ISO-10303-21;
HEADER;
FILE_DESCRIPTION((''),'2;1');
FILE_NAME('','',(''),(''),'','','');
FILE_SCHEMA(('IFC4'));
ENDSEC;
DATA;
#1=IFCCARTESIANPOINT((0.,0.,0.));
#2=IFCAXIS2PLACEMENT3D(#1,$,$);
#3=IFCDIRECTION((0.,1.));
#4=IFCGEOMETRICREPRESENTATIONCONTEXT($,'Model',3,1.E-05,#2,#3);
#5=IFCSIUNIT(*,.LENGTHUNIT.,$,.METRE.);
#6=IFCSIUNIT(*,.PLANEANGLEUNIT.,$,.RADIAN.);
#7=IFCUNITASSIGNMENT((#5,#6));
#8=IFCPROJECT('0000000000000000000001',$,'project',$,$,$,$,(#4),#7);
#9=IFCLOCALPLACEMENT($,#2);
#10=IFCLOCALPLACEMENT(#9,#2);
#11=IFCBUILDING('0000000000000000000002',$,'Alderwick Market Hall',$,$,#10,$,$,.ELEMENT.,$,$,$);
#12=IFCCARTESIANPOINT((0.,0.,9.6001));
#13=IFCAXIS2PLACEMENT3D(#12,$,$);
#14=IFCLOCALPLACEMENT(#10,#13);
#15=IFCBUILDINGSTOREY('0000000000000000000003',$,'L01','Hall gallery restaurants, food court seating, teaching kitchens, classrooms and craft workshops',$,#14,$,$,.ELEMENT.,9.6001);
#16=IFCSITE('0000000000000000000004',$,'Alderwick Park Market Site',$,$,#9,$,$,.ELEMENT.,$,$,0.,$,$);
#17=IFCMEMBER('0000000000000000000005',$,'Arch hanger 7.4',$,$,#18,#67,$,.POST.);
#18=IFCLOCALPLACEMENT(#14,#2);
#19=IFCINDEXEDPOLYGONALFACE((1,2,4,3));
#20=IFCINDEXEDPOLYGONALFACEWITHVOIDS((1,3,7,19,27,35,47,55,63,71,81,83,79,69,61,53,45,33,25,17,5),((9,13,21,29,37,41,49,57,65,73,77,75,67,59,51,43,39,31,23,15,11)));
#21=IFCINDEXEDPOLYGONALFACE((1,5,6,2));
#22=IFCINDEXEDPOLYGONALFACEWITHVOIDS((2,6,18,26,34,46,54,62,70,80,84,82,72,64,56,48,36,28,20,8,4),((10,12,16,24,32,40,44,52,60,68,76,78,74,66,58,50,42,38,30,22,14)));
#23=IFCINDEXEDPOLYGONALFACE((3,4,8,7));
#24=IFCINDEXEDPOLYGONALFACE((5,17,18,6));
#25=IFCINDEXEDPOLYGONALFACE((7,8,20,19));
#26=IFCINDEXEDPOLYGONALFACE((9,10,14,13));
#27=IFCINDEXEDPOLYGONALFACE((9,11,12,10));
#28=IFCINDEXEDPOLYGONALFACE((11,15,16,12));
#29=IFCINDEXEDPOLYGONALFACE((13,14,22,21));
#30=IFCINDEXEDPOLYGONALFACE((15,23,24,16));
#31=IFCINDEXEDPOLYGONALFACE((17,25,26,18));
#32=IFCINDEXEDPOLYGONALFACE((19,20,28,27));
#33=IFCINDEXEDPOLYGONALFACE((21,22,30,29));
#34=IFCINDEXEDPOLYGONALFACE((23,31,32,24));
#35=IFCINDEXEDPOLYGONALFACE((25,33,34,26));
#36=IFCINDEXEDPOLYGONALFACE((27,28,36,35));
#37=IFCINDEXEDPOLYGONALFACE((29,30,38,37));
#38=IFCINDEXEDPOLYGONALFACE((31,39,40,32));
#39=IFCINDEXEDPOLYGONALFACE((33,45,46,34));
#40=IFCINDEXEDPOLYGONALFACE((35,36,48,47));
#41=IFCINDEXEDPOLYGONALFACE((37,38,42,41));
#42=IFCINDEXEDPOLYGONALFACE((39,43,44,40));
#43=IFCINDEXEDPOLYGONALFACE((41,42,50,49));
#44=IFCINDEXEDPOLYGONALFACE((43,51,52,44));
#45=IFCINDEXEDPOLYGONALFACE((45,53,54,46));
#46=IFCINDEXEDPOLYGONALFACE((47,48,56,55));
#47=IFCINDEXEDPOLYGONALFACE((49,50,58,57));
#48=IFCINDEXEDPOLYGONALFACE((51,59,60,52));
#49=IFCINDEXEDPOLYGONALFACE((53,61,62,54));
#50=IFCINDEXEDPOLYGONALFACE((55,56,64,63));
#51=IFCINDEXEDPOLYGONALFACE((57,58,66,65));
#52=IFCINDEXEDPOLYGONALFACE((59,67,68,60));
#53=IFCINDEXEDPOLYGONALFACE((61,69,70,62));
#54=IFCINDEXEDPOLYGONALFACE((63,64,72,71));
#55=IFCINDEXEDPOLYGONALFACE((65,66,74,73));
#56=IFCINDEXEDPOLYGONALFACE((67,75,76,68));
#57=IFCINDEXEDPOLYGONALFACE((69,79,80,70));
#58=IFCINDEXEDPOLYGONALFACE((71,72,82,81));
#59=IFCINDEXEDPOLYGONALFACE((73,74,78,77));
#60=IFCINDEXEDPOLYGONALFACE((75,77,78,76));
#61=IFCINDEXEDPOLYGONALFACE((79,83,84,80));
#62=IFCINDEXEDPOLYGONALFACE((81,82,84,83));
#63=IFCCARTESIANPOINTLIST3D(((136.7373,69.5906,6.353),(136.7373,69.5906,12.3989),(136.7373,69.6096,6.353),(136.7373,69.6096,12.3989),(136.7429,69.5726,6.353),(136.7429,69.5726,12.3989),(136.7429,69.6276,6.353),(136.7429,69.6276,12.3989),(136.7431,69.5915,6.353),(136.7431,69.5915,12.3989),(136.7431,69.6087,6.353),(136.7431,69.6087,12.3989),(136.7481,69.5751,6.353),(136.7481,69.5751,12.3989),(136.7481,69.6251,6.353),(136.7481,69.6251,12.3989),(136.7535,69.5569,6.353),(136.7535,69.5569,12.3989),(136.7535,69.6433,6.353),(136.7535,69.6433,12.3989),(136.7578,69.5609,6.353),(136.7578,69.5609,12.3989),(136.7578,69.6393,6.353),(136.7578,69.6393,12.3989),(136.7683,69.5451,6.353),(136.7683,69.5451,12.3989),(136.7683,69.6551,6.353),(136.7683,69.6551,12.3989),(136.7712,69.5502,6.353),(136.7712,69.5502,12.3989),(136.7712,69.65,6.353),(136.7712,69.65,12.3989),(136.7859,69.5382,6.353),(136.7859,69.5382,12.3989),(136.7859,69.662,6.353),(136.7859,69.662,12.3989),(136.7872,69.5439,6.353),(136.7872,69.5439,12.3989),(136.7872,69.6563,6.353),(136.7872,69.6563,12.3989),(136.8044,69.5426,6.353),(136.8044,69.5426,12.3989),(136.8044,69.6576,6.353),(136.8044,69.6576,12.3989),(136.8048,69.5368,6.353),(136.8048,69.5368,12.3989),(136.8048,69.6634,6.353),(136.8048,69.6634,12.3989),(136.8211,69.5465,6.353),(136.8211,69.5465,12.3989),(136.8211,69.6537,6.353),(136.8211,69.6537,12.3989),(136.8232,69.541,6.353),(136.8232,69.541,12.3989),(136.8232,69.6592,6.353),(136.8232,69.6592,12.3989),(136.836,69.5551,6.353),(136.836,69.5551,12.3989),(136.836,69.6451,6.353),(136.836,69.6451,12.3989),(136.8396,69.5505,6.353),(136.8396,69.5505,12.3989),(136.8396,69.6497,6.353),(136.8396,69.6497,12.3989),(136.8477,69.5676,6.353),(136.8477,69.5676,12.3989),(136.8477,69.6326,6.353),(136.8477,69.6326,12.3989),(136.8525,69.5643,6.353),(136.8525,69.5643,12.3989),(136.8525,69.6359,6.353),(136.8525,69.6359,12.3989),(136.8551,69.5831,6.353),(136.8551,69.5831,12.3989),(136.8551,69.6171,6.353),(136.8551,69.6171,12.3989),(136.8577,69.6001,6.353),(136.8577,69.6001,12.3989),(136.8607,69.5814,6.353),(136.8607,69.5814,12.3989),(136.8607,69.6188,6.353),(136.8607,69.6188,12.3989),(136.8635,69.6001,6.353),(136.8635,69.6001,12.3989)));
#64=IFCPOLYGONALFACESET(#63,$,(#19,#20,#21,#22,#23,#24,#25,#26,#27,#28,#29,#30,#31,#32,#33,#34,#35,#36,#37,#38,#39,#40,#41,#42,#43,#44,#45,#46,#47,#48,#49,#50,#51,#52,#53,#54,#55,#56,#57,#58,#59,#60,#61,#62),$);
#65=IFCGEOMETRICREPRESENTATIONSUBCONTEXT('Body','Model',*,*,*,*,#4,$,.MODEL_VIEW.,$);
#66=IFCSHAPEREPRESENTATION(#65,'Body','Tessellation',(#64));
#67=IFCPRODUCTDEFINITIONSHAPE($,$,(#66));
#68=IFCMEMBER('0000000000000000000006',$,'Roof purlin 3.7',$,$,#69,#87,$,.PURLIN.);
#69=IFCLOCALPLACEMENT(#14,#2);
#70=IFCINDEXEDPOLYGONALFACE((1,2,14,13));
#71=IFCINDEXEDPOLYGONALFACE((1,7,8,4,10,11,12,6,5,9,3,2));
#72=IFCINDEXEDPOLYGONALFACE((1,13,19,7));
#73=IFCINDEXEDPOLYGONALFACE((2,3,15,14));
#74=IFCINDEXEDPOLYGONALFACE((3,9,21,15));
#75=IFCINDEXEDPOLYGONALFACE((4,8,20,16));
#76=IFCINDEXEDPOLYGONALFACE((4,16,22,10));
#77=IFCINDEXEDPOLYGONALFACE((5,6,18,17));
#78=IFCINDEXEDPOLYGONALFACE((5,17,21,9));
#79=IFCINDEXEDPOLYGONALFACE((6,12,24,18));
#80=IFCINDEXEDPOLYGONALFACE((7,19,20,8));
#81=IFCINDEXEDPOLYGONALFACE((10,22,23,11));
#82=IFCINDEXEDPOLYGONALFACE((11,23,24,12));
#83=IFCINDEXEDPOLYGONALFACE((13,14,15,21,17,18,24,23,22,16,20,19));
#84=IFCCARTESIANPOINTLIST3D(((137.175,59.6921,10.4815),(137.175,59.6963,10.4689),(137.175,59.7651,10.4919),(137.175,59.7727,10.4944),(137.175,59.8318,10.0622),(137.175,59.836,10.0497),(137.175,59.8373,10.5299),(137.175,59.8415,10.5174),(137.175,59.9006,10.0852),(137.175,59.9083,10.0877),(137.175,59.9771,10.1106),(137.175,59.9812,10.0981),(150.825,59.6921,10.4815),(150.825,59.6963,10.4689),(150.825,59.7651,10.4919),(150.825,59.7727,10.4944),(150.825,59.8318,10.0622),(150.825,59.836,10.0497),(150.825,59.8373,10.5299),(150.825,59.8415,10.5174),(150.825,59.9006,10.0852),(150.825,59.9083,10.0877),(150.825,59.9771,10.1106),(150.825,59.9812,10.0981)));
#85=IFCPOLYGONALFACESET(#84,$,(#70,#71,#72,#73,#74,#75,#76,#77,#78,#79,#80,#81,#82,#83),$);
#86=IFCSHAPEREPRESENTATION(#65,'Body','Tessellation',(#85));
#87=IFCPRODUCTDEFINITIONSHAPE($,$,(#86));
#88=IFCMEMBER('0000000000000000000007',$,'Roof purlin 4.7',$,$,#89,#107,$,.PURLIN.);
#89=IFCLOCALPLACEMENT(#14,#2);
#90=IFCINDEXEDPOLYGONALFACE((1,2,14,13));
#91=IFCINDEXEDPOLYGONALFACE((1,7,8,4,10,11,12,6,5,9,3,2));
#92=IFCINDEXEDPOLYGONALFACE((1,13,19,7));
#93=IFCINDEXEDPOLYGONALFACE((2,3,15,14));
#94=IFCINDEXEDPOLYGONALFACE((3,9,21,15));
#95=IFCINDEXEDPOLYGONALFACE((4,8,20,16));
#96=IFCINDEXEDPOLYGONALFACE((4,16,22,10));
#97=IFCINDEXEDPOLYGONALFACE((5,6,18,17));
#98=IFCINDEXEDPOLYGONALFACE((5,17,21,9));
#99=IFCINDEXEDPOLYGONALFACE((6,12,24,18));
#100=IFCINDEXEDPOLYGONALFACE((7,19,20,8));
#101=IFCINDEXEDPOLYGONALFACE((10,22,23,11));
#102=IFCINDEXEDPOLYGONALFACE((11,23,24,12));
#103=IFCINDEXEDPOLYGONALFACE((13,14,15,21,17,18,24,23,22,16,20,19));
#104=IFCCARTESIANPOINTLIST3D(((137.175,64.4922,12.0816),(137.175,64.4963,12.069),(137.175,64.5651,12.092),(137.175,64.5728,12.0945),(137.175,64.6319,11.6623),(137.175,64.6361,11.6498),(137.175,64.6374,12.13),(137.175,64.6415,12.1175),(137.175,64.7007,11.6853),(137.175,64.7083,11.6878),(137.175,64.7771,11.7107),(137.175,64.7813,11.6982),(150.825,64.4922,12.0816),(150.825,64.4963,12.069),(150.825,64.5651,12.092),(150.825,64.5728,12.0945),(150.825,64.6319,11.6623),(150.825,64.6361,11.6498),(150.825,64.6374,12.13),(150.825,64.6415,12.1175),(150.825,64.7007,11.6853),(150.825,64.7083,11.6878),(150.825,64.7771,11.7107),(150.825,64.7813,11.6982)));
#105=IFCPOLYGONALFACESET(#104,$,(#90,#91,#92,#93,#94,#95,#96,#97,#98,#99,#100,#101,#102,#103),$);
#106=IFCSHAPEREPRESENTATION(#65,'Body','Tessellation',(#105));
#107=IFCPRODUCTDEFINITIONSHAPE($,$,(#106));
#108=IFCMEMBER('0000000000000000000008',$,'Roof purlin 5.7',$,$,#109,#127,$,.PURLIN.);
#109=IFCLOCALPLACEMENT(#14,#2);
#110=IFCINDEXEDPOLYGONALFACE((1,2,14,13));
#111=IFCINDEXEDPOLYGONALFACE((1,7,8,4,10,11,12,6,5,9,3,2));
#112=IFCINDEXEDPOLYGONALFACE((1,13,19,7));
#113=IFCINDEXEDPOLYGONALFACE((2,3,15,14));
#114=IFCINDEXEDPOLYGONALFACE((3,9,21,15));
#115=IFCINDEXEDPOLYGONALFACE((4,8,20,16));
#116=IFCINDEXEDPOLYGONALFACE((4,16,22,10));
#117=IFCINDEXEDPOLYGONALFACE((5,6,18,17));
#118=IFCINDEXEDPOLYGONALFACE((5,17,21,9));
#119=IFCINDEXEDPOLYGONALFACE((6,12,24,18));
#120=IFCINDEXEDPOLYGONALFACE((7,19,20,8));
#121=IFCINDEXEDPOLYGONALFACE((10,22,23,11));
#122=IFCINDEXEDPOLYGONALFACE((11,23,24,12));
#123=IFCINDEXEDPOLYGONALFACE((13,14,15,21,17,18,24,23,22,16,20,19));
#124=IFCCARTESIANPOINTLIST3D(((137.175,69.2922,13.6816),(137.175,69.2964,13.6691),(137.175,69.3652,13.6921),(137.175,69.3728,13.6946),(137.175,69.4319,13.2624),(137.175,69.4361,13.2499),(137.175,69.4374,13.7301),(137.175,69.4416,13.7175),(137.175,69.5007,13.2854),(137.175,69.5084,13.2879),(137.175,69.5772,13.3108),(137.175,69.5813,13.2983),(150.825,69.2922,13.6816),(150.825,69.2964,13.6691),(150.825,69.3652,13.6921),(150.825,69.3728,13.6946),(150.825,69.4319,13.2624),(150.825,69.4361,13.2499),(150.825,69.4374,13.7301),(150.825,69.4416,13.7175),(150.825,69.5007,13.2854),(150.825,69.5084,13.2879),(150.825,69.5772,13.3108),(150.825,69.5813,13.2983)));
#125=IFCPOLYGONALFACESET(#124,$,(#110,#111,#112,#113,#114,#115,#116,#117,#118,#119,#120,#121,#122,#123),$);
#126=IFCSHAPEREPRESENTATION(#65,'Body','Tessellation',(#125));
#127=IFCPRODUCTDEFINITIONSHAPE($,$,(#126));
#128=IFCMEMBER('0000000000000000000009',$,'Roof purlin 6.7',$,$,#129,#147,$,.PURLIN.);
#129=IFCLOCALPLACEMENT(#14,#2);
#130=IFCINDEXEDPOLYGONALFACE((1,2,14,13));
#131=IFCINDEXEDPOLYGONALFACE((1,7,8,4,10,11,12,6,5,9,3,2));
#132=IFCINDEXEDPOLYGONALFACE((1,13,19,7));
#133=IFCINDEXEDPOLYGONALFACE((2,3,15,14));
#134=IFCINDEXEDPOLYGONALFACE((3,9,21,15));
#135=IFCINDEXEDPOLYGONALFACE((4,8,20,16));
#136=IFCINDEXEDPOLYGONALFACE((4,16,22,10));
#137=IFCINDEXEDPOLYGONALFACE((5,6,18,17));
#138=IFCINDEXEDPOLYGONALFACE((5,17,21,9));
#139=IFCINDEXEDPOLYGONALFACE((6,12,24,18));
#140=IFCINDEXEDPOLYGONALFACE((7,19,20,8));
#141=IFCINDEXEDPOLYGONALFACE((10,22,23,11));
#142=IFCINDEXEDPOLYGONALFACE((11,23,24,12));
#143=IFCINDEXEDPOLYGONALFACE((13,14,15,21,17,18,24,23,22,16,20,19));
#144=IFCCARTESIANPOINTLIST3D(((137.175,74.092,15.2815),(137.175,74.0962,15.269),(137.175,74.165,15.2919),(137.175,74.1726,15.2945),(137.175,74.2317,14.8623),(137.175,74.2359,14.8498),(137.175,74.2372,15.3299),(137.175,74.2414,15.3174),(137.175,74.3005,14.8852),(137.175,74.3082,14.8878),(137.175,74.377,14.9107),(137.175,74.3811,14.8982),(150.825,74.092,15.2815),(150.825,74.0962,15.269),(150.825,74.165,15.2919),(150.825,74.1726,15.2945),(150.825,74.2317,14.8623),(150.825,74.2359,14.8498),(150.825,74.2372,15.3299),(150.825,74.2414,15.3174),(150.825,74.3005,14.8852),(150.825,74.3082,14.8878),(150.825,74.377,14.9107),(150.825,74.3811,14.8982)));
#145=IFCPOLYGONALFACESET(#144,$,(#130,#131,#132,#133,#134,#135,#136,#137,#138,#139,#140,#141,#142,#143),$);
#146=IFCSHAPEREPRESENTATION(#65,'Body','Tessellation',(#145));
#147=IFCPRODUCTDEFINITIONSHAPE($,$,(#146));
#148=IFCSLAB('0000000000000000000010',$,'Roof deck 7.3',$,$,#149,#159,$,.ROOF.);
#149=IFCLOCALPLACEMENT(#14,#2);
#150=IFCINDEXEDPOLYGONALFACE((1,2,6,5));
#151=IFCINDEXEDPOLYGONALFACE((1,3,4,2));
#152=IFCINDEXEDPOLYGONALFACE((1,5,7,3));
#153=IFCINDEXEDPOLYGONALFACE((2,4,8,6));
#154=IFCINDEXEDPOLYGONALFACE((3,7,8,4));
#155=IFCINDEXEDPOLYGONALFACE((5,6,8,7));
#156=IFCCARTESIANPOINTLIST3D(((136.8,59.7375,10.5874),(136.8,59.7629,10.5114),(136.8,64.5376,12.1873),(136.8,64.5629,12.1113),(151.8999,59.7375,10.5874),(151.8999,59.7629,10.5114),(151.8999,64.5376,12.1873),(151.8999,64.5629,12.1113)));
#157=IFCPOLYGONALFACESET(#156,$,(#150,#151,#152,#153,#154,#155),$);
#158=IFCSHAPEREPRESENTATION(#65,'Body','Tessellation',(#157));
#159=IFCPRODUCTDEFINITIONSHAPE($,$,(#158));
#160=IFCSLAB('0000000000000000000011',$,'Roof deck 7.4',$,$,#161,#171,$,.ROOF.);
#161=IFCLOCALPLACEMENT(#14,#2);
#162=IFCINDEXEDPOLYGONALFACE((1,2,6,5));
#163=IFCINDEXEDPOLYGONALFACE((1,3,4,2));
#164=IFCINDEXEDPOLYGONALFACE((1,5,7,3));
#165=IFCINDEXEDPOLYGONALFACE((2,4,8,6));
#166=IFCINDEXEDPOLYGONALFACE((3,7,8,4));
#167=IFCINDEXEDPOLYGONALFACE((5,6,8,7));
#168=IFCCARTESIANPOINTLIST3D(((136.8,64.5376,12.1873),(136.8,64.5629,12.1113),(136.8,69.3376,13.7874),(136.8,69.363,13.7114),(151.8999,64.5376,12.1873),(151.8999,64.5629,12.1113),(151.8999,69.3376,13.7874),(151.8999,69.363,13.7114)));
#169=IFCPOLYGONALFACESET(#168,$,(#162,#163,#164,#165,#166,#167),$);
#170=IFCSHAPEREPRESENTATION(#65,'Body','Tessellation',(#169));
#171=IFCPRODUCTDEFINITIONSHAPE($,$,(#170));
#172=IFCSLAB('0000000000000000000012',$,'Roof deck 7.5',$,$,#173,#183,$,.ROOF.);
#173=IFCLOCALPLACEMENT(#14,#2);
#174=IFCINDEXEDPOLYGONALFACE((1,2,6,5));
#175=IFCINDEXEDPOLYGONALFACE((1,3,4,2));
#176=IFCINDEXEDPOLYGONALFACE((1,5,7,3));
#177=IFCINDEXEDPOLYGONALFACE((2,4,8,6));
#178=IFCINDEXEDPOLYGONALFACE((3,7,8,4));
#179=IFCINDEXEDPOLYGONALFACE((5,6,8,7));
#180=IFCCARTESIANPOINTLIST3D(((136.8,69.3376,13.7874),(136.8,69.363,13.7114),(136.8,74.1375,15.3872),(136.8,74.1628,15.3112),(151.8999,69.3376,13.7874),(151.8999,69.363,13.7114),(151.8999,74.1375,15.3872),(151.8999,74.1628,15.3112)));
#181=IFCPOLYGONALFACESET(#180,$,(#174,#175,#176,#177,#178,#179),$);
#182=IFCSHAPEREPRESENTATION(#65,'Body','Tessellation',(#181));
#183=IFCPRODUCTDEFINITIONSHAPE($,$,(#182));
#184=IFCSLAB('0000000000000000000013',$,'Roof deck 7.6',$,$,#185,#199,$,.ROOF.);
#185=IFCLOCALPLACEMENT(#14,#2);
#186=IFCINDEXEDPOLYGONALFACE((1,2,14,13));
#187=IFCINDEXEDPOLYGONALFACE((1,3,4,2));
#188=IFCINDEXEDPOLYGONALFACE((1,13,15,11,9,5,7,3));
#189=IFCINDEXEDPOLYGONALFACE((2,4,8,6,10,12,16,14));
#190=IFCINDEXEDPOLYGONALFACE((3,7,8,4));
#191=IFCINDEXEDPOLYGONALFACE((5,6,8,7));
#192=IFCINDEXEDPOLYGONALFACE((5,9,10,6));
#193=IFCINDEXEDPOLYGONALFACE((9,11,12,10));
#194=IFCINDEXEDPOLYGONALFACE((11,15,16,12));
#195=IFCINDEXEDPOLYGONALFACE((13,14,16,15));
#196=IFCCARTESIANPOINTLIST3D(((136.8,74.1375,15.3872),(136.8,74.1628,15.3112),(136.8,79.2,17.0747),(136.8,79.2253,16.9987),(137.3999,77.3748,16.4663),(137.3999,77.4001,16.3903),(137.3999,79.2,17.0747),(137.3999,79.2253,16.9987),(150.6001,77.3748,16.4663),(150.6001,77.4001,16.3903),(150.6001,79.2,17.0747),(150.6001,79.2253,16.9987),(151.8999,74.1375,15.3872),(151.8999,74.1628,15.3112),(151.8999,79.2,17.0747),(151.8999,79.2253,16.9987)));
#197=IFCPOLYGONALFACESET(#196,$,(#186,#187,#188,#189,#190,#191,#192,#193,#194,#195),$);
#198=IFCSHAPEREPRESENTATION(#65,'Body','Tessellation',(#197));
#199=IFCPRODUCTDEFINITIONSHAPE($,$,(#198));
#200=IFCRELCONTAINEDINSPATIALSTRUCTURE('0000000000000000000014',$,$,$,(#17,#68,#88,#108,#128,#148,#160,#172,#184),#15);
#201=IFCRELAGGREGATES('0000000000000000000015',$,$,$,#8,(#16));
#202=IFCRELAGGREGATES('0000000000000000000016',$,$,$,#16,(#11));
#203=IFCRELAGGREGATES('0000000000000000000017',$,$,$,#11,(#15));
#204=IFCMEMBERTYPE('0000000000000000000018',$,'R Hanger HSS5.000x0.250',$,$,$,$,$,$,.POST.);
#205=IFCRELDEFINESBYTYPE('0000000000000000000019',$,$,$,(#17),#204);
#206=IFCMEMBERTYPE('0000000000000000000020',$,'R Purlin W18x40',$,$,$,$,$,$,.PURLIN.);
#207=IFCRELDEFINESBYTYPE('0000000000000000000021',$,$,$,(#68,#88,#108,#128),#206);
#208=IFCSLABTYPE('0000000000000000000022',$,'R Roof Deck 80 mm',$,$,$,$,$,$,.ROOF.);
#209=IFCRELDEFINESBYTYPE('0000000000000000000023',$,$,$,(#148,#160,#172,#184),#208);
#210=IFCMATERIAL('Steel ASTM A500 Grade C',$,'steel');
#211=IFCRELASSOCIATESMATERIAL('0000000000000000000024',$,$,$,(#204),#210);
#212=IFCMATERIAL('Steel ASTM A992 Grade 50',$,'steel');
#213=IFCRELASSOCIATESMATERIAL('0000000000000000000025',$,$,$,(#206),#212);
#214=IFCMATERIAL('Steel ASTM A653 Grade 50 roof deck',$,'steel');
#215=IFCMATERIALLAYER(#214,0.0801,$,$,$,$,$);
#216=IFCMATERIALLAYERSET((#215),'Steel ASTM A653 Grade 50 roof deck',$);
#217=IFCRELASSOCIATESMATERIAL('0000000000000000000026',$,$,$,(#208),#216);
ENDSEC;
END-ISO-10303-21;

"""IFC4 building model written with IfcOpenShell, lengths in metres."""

from ifc_helpers import new_model, si_unit, direction, frame, origin, origin_2d, place, context, subcontext, project, spatial, polyline, hollow_circle, i_section, outline, extrude, material, layer, layer_set, material_profile, profile_set, type_object, element, save


model = new_model("IFC4")

# Units and contexts
model_context = context("Model", 3, precision=1e-05, world=origin(), true_north=direction((0.0, 1.0)))
body_context = subcontext(model_context, "Body", "Model", "MODEL_VIEW")
ifc_project = project(units=[si_unit("LENGTHUNIT", "METRE"), si_unit("PLANEANGLEUNIT", "RADIAN")], contexts=[model_context])

# Site, building, storey
site_placement = place(None, origin())
site = spatial("IfcSite", under=ifc_project, at=site_placement, Name="Alderwick Park Market Site", CompositionType="ELEMENT", RefElevation=0.0)
building_placement = place(site_placement, origin())
building = spatial("IfcBuilding", under=site, at=building_placement, Name="Alderwick Market Hall", CompositionType="ELEMENT")
storey_placement = place(building_placement, frame((0.0, 0.0, 9.6001)))
storey = spatial("IfcBuildingStorey", under=building, at=storey_placement, Name="L01", Description="Hall gallery restaurants, food court seating, teaching kitchens, classrooms and craft workshops", CompositionType="ELEMENT", Elevation=9.6001)

# Members
ifc_material_1 = material(Name="Steel ASTM A500 Grade C", Category="steel")
ifc_material_profile_1 = material_profile(ifc_material_1, hollow_circle(Radius=0.0635, WallThickness=0.0059, at=origin_2d()), Name="HSS5.000x0.250")
ifc_profile_set_1 = profile_set([ifc_material_profile_1], Name="Steel ASTM A500 Grade C")
member_type_1 = type_object("IfcMemberType", Name="R Hanger HSS5.000x0.250", PredefinedType="POST", material=ifc_profile_set_1)
member_1_placement = place(storey_placement, frame((136.8, 69.6001, 6.353), z_axis=(0.0, 0.0, 1.0), x_axis=(1.0, 0.0, 0.0)))
element("IfcMember", 1, at=member_1_placement, inside=storey, type_object=member_type_1, Name="Arch hanger 7.4", PredefinedType="POST", context=body_context, shape_type="SweptSolid", body=[
    extrude(hollow_circle(Radius=0.0635, WallThickness=0.0059, at=origin_2d()), origin(), (0.0, 0.0, 1.0), 6.0459),
])
ifc_material_2 = material(Name="Steel ASTM A992 Grade 50", Category="steel")
ifc_material_profile_2 = material_profile(ifc_material_2, i_section(OverallWidth=0.1531, OverallDepth=0.4551, WebThickness=0.0081, FlangeThickness=0.0132, at=origin_2d()), Name="W18x40")
ifc_profile_set_2 = profile_set([ifc_material_profile_2], Name="Steel ASTM A992 Grade 50")
member_type_2 = type_object("IfcMemberType", Name="R Purlin W18x40", PredefinedType="PURLIN", material=ifc_profile_set_2)
for number, where, z_axis, x_axis, name in (
    (2, (137.175, 59.8367, 10.2898), (1.0, 0.0, 0.0), (0.0, 0.948683, 0.316228), "Roof purlin 3.7"),
    (3, (137.175, 64.6367, 11.8899), (1.0, 0.0, 0.0), (0.0, 0.948683, 0.316228), "Roof purlin 4.7"),
    (4, (137.175, 69.4368, 13.49), (1.0, 0.0, 0.0), (0.0, 0.948683, 0.316228), "Roof purlin 5.7"),
    (5, (137.175, 74.2366, 15.0898), (1.0, 0.0, 0.0), (0.0, 0.948683, 0.316228), "Roof purlin 6.7"),
):
    element("IfcMember", number, at=place(storey_placement, frame(where, z_axis=z_axis, x_axis=x_axis)), inside=storey, type_object=member_type_2, Name=name, PredefinedType="PURLIN", context=body_context, shape_type="SweptSolid", body=[
        extrude(i_section(OverallWidth=0.1531, OverallDepth=0.4551, WebThickness=0.0081, FlangeThickness=0.0132, at=origin_2d()), origin(), (0.0, 0.0, 1.0), 13.6499),
    ])

# Slabs
ifc_material_3 = material(Name="Steel ASTM A653 Grade 50 roof deck", Category="steel")
ifc_layer_1 = layer(ifc_material_3, 0.0801)
ifc_layer_set_1 = layer_set([ifc_layer_1], Name="Steel ASTM A653 Grade 50 roof deck")
slab_type = type_object("IfcSlabType", Name="R Roof Deck 80 mm", PredefinedType="ROOF", material=ifc_layer_set_1)
slab_1_placement = place(storey_placement, frame((136.8, 59.7375, 10.5874), z_axis=(0.0, -0.316199, 0.948693), x_axis=(1.0, 0.0, 0.0)))
element("IfcSlab", 6, at=slab_1_placement, inside=storey, type_object=slab_type, Name="Roof deck 7.3", PredefinedType="ROOF", context=body_context, shape_type="SweptSolid", body=[
    extrude(outline(polyline([(0.0, 0.0), (15.0999, 0.0), (15.0999, 5.0596), (0.0, 5.0596), (0.0, 0.0)])), origin(), (0.0, 0.0, -1.0), 0.0801),
])
slab_2_placement = place(storey_placement, frame((136.8, 64.5376, 12.1873), z_axis=(0.0, -0.316242, 0.948678), x_axis=(1.0, 0.0, 0.0)))
element("IfcSlab", 7, at=slab_2_placement, inside=storey, type_object=slab_type, Name="Roof deck 7.4", PredefinedType="ROOF", context=body_context, shape_type="SweptSolid", body=[
    extrude(outline(polyline([(0.0, 0.0), (15.0999, 0.0), (15.0999, 5.0597), (0.0, 5.0597), (0.0, 0.0)])), origin(), (0.0, 0.0, -1.0), 0.0801),
])
slab_3_placement = place(storey_placement, frame((136.8, 69.3376, 13.7874), z_axis=(0.0, -0.316213, 0.948688), x_axis=(1.0, 0.0, 0.0)))
element("IfcSlab", 8, at=slab_3_placement, inside=storey, type_object=slab_type, Name="Roof deck 7.5", PredefinedType="ROOF", context=body_context, shape_type="SweptSolid", body=[
    extrude(outline(polyline([(0.0, 0.0), (15.0999, 0.0), (15.0999, 5.0594), (0.0, 5.0594), (0.0, 0.0)])), origin(), (0.0, 0.0, -1.0), 0.0801),
])
slab_4_placement = place(storey_placement, frame((136.8, 74.1375, 15.3872), z_axis=(0.0, -0.316228, 0.948683), x_axis=(1.0, 0.0, 0.0)))
element("IfcSlab", 9, at=slab_4_placement, inside=storey, type_object=slab_type, Name="Roof deck 7.6", PredefinedType="ROOF", context=body_context, shape_type="SweptSolid", body=[
    extrude(outline(polyline([(0.0, 0.0), (15.0999, 0.0), (15.0999, 5.3363), (13.8, 5.3363), (13.8, 3.4124), (0.5999, 3.4124), (0.5999, 5.3363), (0.0, 5.3363), (0.0, 0.0)])), origin(), (0.0, 0.0, -1.0), 0.0801),
])

save(model, "model.ifc")
